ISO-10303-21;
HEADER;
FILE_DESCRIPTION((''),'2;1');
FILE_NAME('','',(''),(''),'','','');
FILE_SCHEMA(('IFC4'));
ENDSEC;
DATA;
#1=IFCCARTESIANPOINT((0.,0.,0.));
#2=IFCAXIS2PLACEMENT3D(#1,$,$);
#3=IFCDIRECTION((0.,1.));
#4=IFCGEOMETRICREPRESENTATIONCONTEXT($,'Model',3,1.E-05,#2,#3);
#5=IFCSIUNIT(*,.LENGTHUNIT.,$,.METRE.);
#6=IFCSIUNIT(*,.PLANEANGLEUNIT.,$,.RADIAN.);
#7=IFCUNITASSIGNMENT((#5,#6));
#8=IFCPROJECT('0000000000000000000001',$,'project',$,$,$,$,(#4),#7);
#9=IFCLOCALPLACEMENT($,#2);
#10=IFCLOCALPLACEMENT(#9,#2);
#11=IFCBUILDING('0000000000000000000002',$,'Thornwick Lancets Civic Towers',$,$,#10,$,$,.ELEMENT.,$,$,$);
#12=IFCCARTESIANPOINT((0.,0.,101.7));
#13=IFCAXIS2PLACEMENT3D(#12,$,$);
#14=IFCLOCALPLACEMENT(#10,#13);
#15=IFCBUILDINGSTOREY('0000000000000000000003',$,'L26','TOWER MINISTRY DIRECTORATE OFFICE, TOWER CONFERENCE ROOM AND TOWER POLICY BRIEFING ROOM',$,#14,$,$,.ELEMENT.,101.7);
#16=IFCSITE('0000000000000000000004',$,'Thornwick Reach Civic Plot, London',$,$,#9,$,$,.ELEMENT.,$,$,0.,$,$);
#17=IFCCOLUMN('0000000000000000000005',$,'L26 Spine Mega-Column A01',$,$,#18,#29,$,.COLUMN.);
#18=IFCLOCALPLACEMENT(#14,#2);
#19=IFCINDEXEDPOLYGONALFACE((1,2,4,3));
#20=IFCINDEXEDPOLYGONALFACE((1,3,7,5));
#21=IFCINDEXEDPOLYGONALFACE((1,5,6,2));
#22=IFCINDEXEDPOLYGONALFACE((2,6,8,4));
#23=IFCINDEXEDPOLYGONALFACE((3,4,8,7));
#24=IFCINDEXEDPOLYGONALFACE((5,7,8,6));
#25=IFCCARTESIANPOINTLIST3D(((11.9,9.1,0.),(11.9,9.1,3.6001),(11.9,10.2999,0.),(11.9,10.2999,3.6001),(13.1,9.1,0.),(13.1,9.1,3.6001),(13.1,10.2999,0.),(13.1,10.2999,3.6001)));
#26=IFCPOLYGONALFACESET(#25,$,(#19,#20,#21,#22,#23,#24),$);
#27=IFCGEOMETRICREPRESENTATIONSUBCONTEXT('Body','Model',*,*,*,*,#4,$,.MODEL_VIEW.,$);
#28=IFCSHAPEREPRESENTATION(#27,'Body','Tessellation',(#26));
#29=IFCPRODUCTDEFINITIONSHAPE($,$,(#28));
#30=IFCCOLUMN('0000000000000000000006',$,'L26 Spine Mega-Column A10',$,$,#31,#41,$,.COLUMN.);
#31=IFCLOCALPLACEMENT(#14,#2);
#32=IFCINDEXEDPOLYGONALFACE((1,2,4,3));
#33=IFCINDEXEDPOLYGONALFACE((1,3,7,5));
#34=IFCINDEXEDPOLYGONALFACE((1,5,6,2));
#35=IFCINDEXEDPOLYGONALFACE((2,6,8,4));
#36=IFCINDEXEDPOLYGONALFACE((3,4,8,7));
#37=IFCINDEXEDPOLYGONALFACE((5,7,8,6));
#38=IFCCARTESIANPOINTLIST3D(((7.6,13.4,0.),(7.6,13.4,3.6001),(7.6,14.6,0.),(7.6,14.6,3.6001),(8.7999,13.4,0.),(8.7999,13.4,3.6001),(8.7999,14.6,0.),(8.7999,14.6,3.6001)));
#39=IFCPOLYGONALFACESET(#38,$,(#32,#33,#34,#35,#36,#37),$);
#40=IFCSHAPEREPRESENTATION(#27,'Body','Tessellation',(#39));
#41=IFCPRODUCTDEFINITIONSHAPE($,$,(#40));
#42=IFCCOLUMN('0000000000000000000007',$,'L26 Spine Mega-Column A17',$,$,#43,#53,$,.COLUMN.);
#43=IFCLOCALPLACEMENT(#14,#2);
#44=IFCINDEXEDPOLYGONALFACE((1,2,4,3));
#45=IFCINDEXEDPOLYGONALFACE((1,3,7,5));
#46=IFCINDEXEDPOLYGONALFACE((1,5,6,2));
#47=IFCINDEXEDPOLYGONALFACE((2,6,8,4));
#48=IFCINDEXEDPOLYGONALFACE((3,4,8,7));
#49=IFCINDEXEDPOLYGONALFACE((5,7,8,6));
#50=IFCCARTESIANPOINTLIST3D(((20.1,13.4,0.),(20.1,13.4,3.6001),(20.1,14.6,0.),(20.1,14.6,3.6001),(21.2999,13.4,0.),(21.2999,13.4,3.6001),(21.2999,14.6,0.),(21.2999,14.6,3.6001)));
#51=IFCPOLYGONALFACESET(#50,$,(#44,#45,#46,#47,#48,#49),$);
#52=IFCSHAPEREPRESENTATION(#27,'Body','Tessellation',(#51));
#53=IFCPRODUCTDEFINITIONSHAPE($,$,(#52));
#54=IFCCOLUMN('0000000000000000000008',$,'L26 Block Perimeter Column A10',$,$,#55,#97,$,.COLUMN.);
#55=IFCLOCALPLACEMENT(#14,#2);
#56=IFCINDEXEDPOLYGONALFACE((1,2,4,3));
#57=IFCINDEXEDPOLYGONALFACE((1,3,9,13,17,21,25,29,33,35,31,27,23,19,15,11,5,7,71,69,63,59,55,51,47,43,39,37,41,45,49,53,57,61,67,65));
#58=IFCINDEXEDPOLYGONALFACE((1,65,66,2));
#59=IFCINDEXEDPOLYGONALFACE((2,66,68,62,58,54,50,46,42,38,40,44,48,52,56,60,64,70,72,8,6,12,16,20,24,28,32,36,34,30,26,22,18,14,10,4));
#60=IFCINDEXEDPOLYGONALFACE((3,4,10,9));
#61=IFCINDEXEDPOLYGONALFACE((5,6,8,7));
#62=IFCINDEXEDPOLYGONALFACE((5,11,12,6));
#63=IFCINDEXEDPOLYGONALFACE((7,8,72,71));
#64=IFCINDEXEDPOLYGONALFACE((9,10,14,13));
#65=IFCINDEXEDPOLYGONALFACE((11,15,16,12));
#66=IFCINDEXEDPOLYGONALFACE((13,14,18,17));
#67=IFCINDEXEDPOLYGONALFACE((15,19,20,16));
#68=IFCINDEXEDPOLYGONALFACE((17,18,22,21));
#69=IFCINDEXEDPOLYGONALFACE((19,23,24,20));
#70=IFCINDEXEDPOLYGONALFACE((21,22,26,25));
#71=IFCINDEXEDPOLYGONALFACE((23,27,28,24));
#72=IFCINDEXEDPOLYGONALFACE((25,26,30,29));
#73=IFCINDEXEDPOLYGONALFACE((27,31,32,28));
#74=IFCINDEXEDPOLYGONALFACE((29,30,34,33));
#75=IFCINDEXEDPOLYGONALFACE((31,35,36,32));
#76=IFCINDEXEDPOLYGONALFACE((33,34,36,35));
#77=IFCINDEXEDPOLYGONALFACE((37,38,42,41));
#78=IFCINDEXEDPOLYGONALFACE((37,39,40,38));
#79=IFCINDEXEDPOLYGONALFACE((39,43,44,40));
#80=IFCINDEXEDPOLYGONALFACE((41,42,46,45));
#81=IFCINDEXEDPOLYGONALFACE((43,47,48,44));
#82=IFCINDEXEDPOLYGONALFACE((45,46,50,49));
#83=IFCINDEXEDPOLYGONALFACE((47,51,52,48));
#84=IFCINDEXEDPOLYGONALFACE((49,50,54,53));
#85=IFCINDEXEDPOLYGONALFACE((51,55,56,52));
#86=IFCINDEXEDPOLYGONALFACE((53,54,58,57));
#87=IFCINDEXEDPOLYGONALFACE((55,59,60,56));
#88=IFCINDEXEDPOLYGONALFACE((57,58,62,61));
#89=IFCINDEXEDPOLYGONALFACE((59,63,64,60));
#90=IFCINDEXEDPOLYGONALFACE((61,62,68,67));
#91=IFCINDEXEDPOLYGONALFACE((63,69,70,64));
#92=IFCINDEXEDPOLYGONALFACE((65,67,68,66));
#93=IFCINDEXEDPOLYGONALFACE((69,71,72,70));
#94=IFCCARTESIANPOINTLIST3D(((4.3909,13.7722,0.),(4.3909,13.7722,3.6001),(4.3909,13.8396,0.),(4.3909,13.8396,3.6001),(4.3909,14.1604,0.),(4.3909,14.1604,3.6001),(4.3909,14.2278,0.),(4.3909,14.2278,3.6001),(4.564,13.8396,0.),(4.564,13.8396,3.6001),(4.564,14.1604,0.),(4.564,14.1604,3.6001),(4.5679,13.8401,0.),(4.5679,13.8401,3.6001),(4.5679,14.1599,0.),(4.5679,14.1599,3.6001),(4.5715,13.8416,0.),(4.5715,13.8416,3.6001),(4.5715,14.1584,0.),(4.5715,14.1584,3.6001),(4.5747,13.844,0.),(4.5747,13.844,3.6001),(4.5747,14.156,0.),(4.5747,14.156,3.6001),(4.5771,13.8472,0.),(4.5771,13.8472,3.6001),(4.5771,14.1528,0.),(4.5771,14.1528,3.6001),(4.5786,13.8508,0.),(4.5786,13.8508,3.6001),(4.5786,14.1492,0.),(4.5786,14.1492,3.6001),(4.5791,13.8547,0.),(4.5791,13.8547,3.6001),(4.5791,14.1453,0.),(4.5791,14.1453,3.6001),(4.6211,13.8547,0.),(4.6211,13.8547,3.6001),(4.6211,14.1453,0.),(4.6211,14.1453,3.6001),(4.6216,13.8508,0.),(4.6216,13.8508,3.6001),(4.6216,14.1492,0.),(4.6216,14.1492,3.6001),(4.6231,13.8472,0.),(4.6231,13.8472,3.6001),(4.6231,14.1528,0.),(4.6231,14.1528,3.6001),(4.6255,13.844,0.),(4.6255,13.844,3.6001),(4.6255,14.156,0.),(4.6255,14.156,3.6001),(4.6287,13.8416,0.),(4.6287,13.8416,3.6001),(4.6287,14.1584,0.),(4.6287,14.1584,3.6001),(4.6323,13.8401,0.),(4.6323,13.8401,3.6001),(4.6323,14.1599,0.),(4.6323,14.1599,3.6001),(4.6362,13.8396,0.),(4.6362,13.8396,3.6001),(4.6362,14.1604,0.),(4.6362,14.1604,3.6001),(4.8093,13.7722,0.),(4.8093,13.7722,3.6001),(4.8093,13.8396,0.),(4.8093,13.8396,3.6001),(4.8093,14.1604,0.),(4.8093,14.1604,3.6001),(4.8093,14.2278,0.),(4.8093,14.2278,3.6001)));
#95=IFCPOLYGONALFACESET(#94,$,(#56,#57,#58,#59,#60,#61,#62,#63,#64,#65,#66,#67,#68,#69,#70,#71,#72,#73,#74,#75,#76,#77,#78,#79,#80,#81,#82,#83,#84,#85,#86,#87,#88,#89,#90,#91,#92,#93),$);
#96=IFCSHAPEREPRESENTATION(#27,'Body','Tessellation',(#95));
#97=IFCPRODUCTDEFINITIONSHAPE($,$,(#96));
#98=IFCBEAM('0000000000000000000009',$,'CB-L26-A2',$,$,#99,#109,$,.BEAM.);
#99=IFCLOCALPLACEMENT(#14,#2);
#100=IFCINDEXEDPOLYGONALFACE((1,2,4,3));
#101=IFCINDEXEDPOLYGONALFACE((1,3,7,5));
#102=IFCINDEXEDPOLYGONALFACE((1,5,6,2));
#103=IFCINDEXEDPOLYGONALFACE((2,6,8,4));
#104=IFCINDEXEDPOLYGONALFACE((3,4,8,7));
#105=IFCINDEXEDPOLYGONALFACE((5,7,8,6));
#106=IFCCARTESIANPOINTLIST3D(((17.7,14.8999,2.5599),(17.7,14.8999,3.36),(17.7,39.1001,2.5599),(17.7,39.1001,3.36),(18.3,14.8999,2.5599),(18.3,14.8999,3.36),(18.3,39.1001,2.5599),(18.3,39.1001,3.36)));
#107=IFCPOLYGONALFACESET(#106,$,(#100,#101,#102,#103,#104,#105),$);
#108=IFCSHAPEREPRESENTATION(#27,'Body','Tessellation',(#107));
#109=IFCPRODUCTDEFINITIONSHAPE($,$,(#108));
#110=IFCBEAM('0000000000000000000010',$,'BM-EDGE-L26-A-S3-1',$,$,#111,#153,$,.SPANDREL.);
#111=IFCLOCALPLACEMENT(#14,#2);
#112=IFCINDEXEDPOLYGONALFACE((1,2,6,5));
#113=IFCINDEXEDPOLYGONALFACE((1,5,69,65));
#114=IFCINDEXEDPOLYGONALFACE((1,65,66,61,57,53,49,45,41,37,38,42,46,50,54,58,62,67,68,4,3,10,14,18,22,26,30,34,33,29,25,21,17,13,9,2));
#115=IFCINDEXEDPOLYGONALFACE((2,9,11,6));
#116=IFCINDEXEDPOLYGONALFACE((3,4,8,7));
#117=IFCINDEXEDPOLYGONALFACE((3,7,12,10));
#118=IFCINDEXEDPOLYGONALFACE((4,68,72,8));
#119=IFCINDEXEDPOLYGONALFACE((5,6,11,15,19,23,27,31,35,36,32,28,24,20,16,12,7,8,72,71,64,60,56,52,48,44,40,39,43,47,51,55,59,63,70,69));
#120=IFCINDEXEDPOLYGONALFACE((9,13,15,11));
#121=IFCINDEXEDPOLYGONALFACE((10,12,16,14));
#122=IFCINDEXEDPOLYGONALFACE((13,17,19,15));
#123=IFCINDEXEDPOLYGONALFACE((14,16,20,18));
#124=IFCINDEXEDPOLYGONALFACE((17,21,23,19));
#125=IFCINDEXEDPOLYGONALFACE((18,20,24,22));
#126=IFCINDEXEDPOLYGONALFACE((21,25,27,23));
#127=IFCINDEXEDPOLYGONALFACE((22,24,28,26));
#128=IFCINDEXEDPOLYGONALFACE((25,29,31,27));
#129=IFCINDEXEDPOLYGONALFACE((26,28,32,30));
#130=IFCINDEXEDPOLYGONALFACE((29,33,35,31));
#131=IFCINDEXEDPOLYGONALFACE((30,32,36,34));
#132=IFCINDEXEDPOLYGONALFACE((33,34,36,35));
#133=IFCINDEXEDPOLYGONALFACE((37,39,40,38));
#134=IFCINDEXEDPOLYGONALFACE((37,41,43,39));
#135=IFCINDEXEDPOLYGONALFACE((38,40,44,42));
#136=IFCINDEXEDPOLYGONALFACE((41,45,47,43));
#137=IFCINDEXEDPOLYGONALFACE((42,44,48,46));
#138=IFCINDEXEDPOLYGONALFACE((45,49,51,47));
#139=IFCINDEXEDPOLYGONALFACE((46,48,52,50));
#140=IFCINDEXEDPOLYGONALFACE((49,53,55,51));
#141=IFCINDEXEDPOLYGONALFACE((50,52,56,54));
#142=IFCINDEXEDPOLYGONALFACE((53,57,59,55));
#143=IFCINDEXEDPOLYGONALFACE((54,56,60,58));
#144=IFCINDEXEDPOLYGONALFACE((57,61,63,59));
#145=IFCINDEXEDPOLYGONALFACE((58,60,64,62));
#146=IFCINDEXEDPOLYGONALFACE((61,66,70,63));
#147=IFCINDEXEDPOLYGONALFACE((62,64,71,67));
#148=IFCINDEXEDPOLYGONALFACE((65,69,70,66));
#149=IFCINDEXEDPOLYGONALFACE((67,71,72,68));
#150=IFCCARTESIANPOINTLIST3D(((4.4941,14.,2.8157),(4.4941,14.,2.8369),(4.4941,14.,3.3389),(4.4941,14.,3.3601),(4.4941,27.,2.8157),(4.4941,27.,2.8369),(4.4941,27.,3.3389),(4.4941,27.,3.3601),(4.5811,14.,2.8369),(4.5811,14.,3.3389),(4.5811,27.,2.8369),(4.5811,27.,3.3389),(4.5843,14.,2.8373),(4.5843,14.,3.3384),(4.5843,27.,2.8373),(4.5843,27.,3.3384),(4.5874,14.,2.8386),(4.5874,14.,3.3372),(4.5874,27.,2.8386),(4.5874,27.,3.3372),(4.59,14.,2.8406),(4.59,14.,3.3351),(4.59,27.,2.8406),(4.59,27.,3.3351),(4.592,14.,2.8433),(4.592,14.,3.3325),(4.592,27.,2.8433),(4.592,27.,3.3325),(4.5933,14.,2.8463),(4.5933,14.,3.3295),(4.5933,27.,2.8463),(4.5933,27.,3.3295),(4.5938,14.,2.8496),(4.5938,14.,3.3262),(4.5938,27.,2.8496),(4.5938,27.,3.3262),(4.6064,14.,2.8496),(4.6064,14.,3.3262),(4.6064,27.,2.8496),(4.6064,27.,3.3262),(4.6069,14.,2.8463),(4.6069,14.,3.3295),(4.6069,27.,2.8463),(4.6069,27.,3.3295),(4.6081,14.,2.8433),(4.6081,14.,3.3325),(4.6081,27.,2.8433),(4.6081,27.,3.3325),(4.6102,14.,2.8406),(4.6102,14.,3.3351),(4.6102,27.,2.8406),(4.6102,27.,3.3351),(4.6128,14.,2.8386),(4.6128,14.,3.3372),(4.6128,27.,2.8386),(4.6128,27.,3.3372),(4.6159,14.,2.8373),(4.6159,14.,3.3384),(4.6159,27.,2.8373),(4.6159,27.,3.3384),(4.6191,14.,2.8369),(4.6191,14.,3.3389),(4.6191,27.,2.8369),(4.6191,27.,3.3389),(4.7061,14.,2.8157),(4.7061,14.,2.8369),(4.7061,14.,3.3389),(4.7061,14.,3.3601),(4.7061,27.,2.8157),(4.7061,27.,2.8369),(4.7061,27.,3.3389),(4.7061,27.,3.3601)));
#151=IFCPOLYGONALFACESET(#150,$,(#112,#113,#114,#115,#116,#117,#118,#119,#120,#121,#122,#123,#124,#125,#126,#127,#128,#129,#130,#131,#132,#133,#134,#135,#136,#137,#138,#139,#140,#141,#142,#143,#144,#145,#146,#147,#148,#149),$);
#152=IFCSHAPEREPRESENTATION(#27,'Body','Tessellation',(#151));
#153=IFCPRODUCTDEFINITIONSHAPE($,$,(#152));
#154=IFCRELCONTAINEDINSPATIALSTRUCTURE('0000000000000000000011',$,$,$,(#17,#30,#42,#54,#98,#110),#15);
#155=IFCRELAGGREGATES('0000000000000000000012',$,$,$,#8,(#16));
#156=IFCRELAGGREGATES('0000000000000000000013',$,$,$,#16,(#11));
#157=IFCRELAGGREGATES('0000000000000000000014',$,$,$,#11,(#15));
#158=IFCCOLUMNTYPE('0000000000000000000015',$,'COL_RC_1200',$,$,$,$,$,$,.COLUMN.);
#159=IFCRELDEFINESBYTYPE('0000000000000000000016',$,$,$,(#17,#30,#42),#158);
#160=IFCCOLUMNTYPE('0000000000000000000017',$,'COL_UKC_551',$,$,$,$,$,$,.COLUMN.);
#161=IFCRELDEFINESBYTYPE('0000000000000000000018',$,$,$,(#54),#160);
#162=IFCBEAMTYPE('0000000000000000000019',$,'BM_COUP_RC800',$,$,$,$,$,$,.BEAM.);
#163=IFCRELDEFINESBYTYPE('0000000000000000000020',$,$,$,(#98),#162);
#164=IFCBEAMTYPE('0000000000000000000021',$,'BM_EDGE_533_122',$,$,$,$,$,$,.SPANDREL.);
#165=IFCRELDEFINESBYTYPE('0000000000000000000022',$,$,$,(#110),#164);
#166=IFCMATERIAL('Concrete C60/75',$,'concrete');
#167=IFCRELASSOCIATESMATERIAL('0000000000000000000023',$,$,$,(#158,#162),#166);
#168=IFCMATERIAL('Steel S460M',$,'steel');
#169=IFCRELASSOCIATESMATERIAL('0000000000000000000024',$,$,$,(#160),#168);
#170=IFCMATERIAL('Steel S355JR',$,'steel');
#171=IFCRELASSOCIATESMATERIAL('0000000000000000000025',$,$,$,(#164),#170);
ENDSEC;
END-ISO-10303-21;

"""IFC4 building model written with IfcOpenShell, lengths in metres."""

from ifc_helpers import new_model, si_unit, direction, frame, origin, origin_2d, place, context, subcontext, project, spatial, rectangle, i_section, extrude, material, material_profile, profile_set, type_object, element, save


model = new_model("IFC4")

# Units and contexts
model_context = context("Model", 3, precision=1e-05, world=origin(), true_north=direction((0.0, 1.0)))
body_context = subcontext(model_context, "Body", "Model", "MODEL_VIEW")
ifc_project = project(units=[si_unit("LENGTHUNIT", "METRE"), si_unit("PLANEANGLEUNIT", "RADIAN")], contexts=[model_context])

# Site, building, storey
site_placement = place(None, origin())
site = spatial("IfcSite", under=ifc_project, at=site_placement, Name="Thornwick Reach Civic Plot, London", CompositionType="ELEMENT", RefElevation=0.0)
building_placement = place(site_placement, origin())
building = spatial("IfcBuilding", under=site, at=building_placement, Name="Thornwick Lancets Civic Towers", CompositionType="ELEMENT")
storey_placement = place(building_placement, frame((0.0, 0.0, 101.7)))
storey = spatial("IfcBuildingStorey", under=building, at=storey_placement, Name="L26", Description="TOWER MINISTRY DIRECTORATE OFFICE, TOWER CONFERENCE ROOM AND TOWER POLICY BRIEFING ROOM", CompositionType="ELEMENT", Elevation=101.7)

# Columns
ifc_material_1 = material(Name="Concrete C60/75", Category="concrete")
ifc_material_profile_1 = material_profile(ifc_material_1, rectangle(XDim=1.2, YDim=1.2, at=origin_2d()), Name="RC 1200x1200")
ifc_profile_set_1 = profile_set([ifc_material_profile_1], Name="Concrete C60/75")
column_type_1 = type_object("IfcColumnType", Name="COL_RC_1200", PredefinedType="COLUMN", material=ifc_profile_set_1)
for number, where, z_axis, x_axis, name in (
    (1, (12.5, 9.7, 0.0), (0.0, 0.0, 1.0), (1.0, 0.0, 0.0), "L26 Spine Mega-Column A01"),
    (2, (8.2, 14.0, 0.0), (0.0, 0.0, 1.0), (1.0, 0.0, 0.0), "L26 Spine Mega-Column A10"),
    (3, (20.7, 14.0, 0.0), (0.0, 0.0, 1.0), (1.0, 0.0, 0.0), "L26 Spine Mega-Column A17"),
):
    element("IfcColumn", number, at=place(storey_placement, frame(where, z_axis=z_axis, x_axis=x_axis)), inside=storey, type_object=column_type_1, Name=name, PredefinedType="COLUMN", context=body_context, shape_type="SweptSolid", body=[
        extrude(rectangle(XDim=1.2, YDim=1.2, at=origin_2d()), origin(), (0.0, 0.0, 1.0), 3.6001),
    ])
ifc_material_2 = material(Name="Steel S460M", Category="steel")
ifc_material_profile_2 = material_profile(ifc_material_2, i_section(OverallWidth=0.4185, OverallDepth=0.4556, WebThickness=0.042, FlangeThickness=0.0674, FilletRadius=0.0151, at=origin_2d()), Name="UKC 356x406x551")
ifc_profile_set_2 = profile_set([ifc_material_profile_2], Name="Steel S460M")
column_type_2 = type_object("IfcColumnType", Name="COL_UKC_551", PredefinedType="COLUMN", material=ifc_profile_set_2)
column_placement = place(storey_placement, frame((4.6001, 14.0, 0.0), z_axis=(0.0, 0.0, 1.0), x_axis=(1.0, 0.0, 0.0)))
element("IfcColumn", 4, at=column_placement, inside=storey, type_object=column_type_2, Name="L26 Block Perimeter Column A10", PredefinedType="COLUMN", context=body_context, shape_type="SweptSolid", body=[
    extrude(i_section(OverallWidth=0.4185, OverallDepth=0.4556, WebThickness=0.042, FlangeThickness=0.0674, FilletRadius=0.0151, at=origin_2d()), origin(), (0.0, 0.0, 1.0), 3.6001),
])

# Beams
ifc_material_profile_3 = material_profile(ifc_material_1, rectangle(XDim=0.6001, YDim=0.8, at=origin_2d()), Name="RC 600x800")
ifc_profile_set_3 = profile_set([ifc_material_profile_3], Name="Concrete C60/75")
beam_type_1 = type_object("IfcBeamType", Name="BM_COUP_RC800", PredefinedType="BEAM", material=ifc_profile_set_3)
beam_1_placement = place(storey_placement, frame((18.0, 14.8999, 2.96), z_axis=(0.0, 1.0, 0.0), x_axis=(-1.0, 0.0, 0.0)))
element("IfcBeam", 5, at=beam_1_placement, inside=storey, type_object=beam_type_1, Name="CB-L26-A2", PredefinedType="BEAM", context=body_context, shape_type="SweptSolid", body=[
    extrude(rectangle(XDim=0.6001, YDim=0.8, at=origin_2d()), origin(), (0.0, 0.0, 1.0), 24.2002),
])
ifc_material_3 = material(Name="Steel S355JR", Category="steel")
ifc_material_profile_4 = material_profile(ifc_material_3, i_section(OverallWidth=0.2119, OverallDepth=0.5444, WebThickness=0.0127, FlangeThickness=0.0212, FilletRadius=0.0127, at=origin_2d()), Name="UKB 533x210x122")
ifc_profile_set_4 = profile_set([ifc_material_profile_4], Name="Steel S355JR")
beam_type_2 = type_object("IfcBeamType", Name="BM_EDGE_533_122", PredefinedType="SPANDREL", material=ifc_profile_set_4)
beam_2_placement = place(storey_placement, frame((4.6001, 14.0, 3.0879), z_axis=(0.0, 1.0, 0.0), x_axis=(-1.0, 0.0, 0.0)))
element("IfcBeam", 6, at=beam_2_placement, inside=storey, type_object=beam_type_2, Name="BM-EDGE-L26-A-S3-1", PredefinedType="SPANDREL", context=body_context, shape_type="SweptSolid", body=[
    extrude(i_section(OverallWidth=0.2119, OverallDepth=0.5444, WebThickness=0.0127, FlangeThickness=0.0212, FilletRadius=0.0127, at=origin_2d()), origin(), (0.0, 0.0, 1.0), 13.0),
])

save(model, "model.ifc")
